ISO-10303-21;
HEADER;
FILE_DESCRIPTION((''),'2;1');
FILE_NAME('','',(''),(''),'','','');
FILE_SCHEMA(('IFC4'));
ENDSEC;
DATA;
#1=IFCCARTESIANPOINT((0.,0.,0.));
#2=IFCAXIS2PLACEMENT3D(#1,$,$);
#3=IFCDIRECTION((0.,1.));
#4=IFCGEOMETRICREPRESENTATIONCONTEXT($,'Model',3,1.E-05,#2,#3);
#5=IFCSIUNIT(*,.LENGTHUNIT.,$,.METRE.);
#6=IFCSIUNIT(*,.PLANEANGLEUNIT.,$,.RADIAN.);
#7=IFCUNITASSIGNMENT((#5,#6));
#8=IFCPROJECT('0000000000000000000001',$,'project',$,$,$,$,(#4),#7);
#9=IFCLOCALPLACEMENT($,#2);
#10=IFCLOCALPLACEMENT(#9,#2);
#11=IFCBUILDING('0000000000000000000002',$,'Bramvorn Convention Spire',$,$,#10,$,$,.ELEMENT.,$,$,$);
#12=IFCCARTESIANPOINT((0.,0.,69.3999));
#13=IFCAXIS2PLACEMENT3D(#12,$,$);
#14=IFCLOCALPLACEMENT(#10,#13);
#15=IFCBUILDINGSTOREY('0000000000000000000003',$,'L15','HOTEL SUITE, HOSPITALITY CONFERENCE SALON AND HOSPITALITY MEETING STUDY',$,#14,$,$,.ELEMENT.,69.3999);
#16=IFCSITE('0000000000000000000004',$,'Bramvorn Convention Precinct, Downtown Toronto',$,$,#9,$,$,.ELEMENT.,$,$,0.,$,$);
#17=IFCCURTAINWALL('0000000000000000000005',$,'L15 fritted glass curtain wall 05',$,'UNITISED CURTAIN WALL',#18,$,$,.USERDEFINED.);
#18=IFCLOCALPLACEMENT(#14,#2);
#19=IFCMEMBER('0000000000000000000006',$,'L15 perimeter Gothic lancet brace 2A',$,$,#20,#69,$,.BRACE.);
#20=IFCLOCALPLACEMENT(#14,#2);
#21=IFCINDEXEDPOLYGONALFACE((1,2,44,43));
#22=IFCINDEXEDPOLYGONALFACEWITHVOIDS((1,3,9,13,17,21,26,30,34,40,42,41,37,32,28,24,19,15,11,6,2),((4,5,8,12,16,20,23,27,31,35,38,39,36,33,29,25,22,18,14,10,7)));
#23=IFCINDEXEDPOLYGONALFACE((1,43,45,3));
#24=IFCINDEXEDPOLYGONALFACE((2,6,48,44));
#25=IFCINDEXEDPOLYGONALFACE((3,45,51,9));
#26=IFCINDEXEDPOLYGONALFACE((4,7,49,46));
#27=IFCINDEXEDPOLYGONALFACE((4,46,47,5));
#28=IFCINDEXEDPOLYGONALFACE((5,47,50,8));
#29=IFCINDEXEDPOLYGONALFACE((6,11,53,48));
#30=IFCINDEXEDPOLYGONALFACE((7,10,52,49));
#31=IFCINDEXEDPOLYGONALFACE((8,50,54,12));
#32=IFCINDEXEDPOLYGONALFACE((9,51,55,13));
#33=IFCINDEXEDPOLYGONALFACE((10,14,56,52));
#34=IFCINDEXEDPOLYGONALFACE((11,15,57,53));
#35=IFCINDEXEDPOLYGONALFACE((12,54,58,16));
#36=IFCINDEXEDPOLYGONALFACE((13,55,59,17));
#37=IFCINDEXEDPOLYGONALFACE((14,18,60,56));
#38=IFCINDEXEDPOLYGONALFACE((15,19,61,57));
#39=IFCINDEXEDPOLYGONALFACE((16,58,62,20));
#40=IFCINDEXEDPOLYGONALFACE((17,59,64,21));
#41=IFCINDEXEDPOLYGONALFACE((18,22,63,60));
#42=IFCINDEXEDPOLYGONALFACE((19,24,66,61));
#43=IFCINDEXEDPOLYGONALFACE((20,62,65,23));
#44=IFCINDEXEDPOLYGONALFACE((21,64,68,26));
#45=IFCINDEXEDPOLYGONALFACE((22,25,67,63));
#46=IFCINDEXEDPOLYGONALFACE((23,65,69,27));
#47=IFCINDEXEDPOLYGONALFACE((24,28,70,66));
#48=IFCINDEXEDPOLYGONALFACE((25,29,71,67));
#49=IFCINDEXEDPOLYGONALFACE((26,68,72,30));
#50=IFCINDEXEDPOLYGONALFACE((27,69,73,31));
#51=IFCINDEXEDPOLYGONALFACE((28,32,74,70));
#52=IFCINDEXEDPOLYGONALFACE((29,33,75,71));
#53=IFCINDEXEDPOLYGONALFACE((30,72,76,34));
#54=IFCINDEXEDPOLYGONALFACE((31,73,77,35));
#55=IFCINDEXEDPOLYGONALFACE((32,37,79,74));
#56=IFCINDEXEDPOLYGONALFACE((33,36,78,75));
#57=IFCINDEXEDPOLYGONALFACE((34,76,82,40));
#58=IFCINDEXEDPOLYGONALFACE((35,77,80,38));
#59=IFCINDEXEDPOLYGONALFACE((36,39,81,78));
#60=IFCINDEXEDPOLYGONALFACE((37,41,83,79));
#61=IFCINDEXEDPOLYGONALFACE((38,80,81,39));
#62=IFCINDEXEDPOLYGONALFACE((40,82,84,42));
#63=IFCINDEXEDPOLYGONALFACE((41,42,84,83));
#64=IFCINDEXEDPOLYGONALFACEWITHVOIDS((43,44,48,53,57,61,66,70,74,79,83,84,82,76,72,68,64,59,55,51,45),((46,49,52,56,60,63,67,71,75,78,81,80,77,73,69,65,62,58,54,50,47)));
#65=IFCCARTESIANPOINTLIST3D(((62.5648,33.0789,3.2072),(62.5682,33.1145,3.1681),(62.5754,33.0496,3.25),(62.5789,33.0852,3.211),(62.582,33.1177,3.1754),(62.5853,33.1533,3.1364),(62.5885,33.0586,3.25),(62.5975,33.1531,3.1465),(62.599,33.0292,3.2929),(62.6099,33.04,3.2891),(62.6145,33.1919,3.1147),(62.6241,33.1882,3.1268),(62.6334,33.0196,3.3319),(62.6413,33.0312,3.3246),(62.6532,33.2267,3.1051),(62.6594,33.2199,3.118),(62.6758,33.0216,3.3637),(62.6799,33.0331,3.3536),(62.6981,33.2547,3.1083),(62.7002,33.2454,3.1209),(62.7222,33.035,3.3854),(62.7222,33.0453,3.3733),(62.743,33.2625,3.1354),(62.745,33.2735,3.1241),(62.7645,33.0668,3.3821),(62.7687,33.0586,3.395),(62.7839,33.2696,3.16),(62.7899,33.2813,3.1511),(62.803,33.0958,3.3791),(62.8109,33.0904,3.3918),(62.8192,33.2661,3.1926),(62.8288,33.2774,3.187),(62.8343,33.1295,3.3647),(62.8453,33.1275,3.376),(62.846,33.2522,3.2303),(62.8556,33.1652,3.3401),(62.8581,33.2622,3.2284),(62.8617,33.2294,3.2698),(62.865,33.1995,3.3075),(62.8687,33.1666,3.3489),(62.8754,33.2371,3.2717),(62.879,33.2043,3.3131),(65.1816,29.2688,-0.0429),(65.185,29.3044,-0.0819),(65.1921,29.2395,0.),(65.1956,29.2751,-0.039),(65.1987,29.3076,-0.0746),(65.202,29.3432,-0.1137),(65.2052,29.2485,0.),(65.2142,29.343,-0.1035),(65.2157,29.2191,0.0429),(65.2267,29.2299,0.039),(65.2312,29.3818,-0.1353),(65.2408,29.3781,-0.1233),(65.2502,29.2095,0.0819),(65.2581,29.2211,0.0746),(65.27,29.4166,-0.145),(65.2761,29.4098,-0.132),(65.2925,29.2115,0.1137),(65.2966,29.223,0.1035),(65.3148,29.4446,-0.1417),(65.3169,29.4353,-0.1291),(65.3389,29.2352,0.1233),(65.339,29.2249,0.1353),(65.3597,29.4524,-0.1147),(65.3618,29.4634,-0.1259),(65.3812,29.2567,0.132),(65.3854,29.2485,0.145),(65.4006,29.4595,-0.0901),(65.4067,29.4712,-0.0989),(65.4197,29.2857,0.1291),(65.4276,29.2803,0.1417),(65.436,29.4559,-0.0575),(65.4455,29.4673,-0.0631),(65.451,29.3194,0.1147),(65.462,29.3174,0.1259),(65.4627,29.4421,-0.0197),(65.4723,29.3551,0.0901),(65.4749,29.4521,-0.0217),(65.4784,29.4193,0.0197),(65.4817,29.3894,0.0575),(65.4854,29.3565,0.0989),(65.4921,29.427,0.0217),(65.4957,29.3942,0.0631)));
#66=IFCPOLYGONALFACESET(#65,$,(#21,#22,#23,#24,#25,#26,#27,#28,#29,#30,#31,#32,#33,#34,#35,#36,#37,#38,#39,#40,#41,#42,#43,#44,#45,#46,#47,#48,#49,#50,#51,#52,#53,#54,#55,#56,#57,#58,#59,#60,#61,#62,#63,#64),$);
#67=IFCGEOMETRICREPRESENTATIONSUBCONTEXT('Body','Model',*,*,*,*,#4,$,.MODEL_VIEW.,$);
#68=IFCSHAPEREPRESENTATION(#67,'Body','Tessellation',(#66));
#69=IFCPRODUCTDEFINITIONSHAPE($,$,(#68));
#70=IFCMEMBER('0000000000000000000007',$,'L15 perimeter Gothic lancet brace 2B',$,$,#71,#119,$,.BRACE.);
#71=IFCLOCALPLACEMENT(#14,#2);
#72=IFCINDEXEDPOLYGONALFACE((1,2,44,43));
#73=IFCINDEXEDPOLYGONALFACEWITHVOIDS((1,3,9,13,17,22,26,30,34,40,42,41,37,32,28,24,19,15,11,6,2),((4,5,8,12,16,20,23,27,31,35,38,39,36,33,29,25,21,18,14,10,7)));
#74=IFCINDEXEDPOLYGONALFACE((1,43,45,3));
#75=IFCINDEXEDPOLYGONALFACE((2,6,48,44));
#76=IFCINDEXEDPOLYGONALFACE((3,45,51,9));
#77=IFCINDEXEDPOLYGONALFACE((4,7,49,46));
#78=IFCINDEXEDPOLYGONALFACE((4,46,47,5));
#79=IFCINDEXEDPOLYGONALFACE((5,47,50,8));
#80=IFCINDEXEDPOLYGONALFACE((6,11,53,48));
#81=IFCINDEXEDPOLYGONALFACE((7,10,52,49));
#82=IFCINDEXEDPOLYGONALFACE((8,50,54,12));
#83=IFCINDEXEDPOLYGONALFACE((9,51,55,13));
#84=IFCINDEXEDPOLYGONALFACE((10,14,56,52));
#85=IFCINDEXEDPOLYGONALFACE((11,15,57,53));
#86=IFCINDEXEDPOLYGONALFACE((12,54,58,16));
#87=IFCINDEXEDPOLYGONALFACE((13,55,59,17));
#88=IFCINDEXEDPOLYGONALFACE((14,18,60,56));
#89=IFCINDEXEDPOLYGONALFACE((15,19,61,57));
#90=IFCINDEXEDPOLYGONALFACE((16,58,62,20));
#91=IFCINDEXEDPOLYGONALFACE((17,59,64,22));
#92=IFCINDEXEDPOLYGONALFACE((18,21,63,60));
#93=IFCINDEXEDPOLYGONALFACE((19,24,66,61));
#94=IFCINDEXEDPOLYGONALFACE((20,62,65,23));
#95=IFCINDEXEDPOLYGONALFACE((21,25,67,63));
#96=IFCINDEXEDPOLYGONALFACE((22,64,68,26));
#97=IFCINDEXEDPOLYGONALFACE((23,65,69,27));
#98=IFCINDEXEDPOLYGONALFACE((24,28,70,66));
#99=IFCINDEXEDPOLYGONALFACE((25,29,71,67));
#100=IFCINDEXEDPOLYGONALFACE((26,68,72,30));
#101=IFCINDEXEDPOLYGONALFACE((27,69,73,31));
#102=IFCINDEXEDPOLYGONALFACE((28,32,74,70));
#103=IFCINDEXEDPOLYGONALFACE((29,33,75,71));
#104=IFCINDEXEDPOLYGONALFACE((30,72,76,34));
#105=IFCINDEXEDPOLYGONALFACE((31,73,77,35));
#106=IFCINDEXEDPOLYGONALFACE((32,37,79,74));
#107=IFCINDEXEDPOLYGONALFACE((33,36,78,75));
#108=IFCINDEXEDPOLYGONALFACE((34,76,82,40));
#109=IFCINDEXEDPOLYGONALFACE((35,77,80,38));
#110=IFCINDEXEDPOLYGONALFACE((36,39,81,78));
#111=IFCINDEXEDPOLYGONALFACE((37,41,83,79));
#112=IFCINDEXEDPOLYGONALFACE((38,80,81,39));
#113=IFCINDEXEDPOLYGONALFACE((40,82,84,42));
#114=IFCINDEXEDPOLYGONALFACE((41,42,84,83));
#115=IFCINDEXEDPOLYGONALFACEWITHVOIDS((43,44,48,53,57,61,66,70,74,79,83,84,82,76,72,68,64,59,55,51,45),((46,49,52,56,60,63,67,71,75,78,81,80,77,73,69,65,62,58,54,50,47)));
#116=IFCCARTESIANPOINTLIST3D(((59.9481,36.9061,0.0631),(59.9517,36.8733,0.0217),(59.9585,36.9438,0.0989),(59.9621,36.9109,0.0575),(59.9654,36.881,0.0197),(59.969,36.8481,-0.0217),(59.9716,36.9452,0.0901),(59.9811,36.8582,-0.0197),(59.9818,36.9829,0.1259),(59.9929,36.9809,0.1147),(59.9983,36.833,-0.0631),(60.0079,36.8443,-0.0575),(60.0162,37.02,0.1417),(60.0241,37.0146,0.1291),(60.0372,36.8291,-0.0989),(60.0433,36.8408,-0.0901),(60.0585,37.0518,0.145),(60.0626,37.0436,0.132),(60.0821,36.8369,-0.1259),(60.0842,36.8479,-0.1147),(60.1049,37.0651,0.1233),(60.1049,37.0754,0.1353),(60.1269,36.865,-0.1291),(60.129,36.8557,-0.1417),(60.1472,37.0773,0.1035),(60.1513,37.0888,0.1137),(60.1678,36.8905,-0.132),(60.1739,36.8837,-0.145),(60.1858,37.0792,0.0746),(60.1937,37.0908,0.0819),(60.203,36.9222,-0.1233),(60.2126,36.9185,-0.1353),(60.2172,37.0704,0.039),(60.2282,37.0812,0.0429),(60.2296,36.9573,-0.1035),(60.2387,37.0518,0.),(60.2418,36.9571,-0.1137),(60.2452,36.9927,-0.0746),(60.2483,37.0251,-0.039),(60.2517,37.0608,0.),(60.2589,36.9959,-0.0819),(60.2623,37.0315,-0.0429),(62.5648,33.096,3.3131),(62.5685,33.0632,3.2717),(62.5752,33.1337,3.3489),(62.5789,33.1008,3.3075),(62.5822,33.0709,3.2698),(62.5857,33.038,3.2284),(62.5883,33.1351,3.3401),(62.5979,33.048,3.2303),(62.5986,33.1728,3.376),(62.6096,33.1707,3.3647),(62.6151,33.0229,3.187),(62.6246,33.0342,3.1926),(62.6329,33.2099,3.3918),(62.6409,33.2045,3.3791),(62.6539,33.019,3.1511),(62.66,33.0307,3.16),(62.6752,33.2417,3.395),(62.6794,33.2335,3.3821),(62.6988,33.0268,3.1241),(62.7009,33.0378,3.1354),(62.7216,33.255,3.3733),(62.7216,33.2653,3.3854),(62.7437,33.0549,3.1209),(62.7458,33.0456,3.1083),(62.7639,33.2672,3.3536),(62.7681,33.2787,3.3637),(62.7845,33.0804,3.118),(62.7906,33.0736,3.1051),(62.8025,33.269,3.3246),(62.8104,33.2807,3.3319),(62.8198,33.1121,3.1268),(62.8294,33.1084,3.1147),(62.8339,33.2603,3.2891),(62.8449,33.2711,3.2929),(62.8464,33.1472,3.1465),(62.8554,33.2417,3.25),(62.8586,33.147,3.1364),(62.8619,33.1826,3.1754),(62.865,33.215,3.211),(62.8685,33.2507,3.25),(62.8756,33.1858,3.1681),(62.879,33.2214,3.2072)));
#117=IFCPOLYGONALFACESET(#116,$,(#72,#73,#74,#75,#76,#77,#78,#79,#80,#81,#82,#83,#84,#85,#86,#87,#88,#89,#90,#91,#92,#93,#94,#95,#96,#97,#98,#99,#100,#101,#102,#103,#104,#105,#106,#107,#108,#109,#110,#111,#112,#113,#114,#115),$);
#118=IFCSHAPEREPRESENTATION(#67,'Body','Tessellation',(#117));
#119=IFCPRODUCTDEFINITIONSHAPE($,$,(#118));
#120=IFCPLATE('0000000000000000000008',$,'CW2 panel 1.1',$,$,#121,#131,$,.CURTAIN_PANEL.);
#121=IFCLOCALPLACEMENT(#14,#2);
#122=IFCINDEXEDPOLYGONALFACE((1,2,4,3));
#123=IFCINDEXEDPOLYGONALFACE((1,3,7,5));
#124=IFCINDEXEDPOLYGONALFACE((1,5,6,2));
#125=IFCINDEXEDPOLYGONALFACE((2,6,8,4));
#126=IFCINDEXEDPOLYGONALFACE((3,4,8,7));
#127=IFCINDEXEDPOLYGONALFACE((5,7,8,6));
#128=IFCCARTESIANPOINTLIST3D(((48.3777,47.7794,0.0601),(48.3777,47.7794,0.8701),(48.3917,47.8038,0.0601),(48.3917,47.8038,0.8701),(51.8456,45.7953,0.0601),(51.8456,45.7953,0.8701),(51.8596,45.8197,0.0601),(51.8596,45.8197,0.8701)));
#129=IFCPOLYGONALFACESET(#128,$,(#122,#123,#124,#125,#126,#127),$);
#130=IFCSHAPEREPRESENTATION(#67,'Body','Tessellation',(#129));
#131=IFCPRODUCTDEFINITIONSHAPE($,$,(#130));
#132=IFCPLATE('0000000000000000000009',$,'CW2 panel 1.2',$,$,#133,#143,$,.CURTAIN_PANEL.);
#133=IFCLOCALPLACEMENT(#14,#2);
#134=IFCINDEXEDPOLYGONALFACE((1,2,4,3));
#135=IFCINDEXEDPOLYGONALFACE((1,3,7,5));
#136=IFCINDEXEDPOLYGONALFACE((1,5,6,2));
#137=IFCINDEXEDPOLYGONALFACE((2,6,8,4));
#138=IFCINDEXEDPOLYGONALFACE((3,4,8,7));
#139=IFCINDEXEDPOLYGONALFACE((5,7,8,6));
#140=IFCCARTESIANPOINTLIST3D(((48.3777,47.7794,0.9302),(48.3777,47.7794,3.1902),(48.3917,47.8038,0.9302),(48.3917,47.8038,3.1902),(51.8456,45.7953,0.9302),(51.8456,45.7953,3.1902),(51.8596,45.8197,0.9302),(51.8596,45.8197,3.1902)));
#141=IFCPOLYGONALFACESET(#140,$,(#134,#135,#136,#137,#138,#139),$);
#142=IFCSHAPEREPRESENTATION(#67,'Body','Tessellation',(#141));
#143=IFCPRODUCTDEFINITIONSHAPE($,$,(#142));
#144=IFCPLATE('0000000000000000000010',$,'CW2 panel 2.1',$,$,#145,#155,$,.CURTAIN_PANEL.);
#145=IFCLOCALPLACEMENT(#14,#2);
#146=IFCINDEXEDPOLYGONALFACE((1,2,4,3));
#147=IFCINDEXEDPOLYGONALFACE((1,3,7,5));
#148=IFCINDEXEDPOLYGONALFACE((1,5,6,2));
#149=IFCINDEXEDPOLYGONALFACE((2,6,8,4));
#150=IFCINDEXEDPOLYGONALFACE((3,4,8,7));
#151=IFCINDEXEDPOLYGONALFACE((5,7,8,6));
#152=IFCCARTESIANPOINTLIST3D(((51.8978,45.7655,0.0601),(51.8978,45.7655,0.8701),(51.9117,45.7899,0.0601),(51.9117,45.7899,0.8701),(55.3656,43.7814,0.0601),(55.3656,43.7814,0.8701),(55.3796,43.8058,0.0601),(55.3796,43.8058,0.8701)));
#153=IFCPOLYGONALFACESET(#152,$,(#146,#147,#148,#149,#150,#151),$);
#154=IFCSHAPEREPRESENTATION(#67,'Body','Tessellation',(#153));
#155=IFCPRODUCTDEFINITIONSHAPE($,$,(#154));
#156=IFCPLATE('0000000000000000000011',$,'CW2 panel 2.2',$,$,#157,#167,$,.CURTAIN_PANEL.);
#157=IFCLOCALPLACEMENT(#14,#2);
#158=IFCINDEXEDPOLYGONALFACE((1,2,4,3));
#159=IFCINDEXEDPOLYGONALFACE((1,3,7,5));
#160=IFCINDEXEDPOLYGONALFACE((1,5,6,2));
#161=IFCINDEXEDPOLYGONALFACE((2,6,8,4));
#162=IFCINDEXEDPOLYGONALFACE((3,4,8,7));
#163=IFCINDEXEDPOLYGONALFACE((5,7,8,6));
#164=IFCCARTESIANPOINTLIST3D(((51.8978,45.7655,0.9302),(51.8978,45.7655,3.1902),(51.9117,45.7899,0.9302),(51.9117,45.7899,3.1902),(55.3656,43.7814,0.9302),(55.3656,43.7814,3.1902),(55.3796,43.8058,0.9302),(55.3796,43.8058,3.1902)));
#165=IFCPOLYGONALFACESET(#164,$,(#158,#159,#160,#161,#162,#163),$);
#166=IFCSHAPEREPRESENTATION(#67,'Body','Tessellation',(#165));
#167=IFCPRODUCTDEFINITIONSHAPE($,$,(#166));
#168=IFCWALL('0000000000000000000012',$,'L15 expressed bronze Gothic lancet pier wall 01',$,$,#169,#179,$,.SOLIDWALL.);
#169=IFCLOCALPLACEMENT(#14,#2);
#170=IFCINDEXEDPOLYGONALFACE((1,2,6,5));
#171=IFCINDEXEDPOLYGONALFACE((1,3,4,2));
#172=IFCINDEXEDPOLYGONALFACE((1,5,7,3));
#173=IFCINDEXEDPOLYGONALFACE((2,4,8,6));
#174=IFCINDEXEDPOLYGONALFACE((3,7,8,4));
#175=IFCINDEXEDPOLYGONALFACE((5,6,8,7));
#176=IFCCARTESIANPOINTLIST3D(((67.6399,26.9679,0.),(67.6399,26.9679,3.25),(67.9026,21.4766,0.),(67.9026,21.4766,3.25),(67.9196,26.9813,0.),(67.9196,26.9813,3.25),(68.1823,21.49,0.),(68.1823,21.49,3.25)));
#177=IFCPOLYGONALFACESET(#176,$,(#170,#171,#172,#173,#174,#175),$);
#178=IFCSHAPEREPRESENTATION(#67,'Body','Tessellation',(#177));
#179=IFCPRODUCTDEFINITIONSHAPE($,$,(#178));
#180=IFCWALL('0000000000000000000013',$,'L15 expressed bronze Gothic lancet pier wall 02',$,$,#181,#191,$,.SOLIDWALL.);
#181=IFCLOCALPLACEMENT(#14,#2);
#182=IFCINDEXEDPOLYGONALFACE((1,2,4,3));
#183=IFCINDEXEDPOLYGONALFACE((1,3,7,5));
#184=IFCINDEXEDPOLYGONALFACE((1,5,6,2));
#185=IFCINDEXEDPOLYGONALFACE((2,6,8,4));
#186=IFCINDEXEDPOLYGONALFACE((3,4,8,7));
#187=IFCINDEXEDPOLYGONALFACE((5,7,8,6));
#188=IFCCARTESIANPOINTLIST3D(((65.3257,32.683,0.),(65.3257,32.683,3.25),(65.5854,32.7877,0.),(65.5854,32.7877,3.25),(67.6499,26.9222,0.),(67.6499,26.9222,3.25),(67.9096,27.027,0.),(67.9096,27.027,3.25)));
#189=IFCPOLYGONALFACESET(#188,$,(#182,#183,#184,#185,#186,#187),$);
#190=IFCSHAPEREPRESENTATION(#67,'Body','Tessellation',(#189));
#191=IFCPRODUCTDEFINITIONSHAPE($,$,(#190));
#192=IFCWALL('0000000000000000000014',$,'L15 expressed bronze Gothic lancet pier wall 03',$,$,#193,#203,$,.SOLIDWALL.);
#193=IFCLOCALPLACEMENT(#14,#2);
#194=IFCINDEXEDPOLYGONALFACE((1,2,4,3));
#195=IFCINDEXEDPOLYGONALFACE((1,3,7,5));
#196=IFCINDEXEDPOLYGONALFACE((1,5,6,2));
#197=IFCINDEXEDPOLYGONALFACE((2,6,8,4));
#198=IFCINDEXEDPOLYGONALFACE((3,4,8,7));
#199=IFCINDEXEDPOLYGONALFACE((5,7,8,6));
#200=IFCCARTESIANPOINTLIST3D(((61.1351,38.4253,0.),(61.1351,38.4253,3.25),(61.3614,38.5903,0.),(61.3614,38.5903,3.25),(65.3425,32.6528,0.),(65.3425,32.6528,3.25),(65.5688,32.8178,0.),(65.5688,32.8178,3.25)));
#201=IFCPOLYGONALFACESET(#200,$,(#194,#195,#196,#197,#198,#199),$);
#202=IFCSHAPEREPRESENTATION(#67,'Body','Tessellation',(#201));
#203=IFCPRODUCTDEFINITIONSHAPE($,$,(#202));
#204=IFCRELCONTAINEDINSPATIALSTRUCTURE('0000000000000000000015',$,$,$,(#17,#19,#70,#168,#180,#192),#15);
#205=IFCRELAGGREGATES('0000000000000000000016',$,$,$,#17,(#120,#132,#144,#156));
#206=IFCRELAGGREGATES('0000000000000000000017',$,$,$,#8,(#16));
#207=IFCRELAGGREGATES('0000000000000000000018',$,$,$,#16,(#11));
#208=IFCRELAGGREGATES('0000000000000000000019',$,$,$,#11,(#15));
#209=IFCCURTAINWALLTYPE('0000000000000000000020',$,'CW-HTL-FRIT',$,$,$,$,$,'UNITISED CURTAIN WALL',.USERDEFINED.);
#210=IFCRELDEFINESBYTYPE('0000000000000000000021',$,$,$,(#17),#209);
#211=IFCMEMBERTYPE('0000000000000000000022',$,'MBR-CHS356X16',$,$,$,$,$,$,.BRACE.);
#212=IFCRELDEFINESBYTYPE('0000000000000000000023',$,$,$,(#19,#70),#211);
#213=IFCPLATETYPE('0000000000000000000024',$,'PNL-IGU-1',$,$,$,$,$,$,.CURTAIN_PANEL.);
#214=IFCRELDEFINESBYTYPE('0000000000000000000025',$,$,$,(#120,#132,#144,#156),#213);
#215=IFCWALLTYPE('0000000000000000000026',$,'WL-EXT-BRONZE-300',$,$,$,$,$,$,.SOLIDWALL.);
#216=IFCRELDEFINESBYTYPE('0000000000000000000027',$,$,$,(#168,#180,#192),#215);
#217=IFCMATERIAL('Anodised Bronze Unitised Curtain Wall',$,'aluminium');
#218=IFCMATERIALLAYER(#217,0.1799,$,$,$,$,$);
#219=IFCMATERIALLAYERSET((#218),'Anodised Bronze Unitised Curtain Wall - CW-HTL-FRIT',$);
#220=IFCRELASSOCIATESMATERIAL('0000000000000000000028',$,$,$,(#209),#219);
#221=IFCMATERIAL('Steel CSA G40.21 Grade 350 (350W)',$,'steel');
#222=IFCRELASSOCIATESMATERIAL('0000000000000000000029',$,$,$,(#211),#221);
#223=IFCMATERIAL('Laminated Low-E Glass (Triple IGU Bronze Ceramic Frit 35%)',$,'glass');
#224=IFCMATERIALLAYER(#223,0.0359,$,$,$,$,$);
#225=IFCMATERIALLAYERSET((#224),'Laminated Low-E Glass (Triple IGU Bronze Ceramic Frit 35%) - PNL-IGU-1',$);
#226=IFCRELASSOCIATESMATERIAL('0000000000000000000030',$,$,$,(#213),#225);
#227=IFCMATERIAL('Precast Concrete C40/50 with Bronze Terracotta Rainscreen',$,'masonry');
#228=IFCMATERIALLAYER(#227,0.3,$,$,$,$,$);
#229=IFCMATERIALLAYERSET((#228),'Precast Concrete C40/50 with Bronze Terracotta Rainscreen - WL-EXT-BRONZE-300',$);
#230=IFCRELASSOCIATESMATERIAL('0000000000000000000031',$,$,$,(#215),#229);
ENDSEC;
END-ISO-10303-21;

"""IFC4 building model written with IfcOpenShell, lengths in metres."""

from ifc_helpers import new_model, si_unit, direction, frame, frame_2d, origin, origin_2d, place, context, subcontext, project, spatial, rectangle, hollow_circle, extrude, material, layer, layer_set, material_profile, profile_set, type_object, element, aggregate, save


model = new_model("IFC4")

# Units and contexts
model_context = context("Model", 3, precision=1e-05, world=origin(), true_north=direction((0.0, 1.0)))
body_context = subcontext(model_context, "Body", "Model", "MODEL_VIEW")
ifc_project = project(units=[si_unit("LENGTHUNIT", "METRE"), si_unit("PLANEANGLEUNIT", "RADIAN")], contexts=[model_context])

# Site, building, storey
site_placement = place(None, origin())
site = spatial("IfcSite", under=ifc_project, at=site_placement, Name="Bramvorn Convention Precinct, Downtown Toronto", CompositionType="ELEMENT", RefElevation=0.0)
building_placement = place(site_placement, origin())
building = spatial("IfcBuilding", under=site, at=building_placement, Name="Bramvorn Convention Spire", CompositionType="ELEMENT")
storey_placement = place(building_placement, frame((0.0, 0.0, 69.3999)))
storey = spatial("IfcBuildingStorey", under=building, at=storey_placement, Name="L15", Description="HOTEL SUITE, HOSPITALITY CONFERENCE SALON AND HOSPITALITY MEETING STUDY", CompositionType="ELEMENT", Elevation=69.3999)

# Shared definitions
ifc_material_1 = material(Name="Steel CSA G40.21 Grade 350 (350W)", Category="steel")

# Curtain wall
ifc_material_2 = material(Name="Anodised Bronze Unitised Curtain Wall", Category="aluminium")
ifc_layer_1 = layer(ifc_material_2, 0.1799)
ifc_layer_set_1 = layer_set([ifc_layer_1], Name="Anodised Bronze Unitised Curtain Wall - CW-HTL-FRIT")
curtain_wall_type = type_object("IfcCurtainWallType", Name="CW-HTL-FRIT", ElementType="UNITISED CURTAIN WALL", PredefinedType="USERDEFINED", material=ifc_layer_set_1)
curtain_wall_placement = place(storey_placement, origin())
curtain_wall = element("IfcCurtainWall", 1, at=curtain_wall_placement, inside=storey, type_object=curtain_wall_type, Name="L15 fritted glass curtain wall 05", ObjectType="UNITISED CURTAIN WALL", PredefinedType="USERDEFINED")

# Members
ifc_material_profile_1 = material_profile(ifc_material_1, hollow_circle(Radius=0.1777, WallThickness=0.0159, at=origin_2d()))
ifc_profile_set_1 = profile_set([ifc_material_profile_1], Name="Steel CSA G40.21 Grade 350 (350W) - CHS356X16")
member_type_1 = type_object("IfcMemberType", Name="MBR-CHS356X16", PredefinedType="BRACE", material=ifc_profile_set_1)
for number, where, z_axis, x_axis, name in (
    (2, (65.3386, 29.3401, 0.0), (-0.463106, 0.674308, 0.575188), (-0.824316, -0.56613, 0.0), "L15 perimeter Gothic lancet brace 2A"),
    (3, (60.1052, 36.9602, 0.0), (0.463106, -0.674308, 0.575188), (0.824316, 0.56613, 0.0), "L15 perimeter Gothic lancet brace 2B"),
):
    element("IfcMember", number, at=place(storey_placement, frame(where, z_axis=z_axis, x_axis=x_axis)), inside=storey, type_object=member_type_1, Name=name, PredefinedType="BRACE", context=body_context, shape_type="SweptSolid", body=[
        extrude(hollow_circle(Radius=0.1777, WallThickness=0.0159, at=origin_2d()), origin(), (0.0, 0.0, 1.0), 5.6504),
    ])

# Plates
ifc_material_3 = material(Name="Laminated Low-E Glass (Triple IGU Bronze Ceramic Frit 35%)", Category="glass")
ifc_layer_2 = layer(ifc_material_3, 0.0359)
ifc_layer_set_2 = layer_set([ifc_layer_2], Name="Laminated Low-E Glass (Triple IGU Bronze Ceramic Frit 35%) - PNL-IGU-1")
plate_type = type_object("IfcPlateType", Name="PNL-IGU-1", PredefinedType="CURTAIN_PANEL", material=ifc_layer_set_2)
plate_1_placement = place(storey_placement, frame((50.1187, 46.7996, 0.0601), z_axis=(0.0, 0.0, 1.0), x_axis=(0.867973, -0.496612, 0.0)))
plate_1 = element("IfcPlate", 4, at=plate_1_placement, type_object=plate_type, Name="CW2 panel 1.1", PredefinedType="CURTAIN_PANEL", context=body_context, shape_type="SweptSolid", body=[
    extrude(rectangle(XDim=3.9954, YDim=0.0281, at=origin_2d()), origin(), (0.0, 0.0, 1.0), 0.8101),
])
plate_2_placement = place(storey_placement, frame((50.1187, 46.7996, 0.9302), z_axis=(0.0, 0.0, 1.0), x_axis=(0.867973, -0.496612, 0.0)))
plate_2 = element("IfcPlate", 5, at=plate_2_placement, type_object=plate_type, Name="CW2 panel 1.2", PredefinedType="CURTAIN_PANEL", context=body_context, shape_type="SweptSolid", body=[
    extrude(rectangle(XDim=3.9954, YDim=0.0281, at=origin_2d()), origin(), (0.0, 0.0, 1.0), 2.26),
])
plate_3_placement = place(storey_placement, frame((53.6387, 44.7856, 0.0601), z_axis=(0.0, 0.0, 1.0), x_axis=(0.867973, -0.496612, 0.0)))
plate_3 = element("IfcPlate", 6, at=plate_3_placement, type_object=plate_type, Name="CW2 panel 2.1", PredefinedType="CURTAIN_PANEL", context=body_context, shape_type="SweptSolid", body=[
    extrude(rectangle(XDim=3.9954, YDim=0.0281, at=origin_2d()), origin(), (0.0, 0.0, 1.0), 0.8101),
])
plate_4_placement = place(storey_placement, frame((53.6387, 44.7856, 0.9302), z_axis=(0.0, 0.0, 1.0), x_axis=(0.867973, -0.496612, 0.0)))
plate_4 = element("IfcPlate", 7, at=plate_4_placement, type_object=plate_type, Name="CW2 panel 2.2", PredefinedType="CURTAIN_PANEL", context=body_context, shape_type="SweptSolid", body=[
    extrude(rectangle(XDim=3.9954, YDim=0.0281, at=origin_2d()), origin(), (0.0, 0.0, 1.0), 2.26),
])
aggregate(curtain_wall, [plate_1, plate_2, plate_3, plate_4])

# Walls
ifc_material_4 = material(Name="Precast Concrete C40/50 with Bronze Terracotta Rainscreen", Category="masonry")
ifc_layer_3 = layer(ifc_material_4, 0.3)
ifc_layer_set_3 = layer_set([ifc_layer_3], Name="Precast Concrete C40/50 with Bronze Terracotta Rainscreen - WL-EXT-BRONZE-300")
wall_type_1 = type_object("IfcWallType", Name="WL-EXT-BRONZE-300", PredefinedType="SOLIDWALL", material=ifc_layer_set_3)
wall_1_placement = place(storey_placement, frame((67.7798, 26.9746, 0.0), z_axis=(0.0, 0.0, 1.0), x_axis=(0.047785, -0.998858, 0.0)))
element("IfcWall", 8, at=wall_1_placement, inside=storey, type_object=wall_type_1, Name="L15 expressed bronze Gothic lancet pier wall 01", PredefinedType="SOLIDWALL", context=body_context, shape_type="SweptSolid", body=[
    extrude(rectangle(XDim=5.4976, YDim=0.28, at=frame_2d((2.7488, 0.0))), origin(), (0.0, 0.0, 1.0), 3.25),
])
wall_2_placement = place(storey_placement, frame((65.4556, 32.7354, 0.0), z_axis=(0.0, 0.0, 1.0), x_axis=(0.374154, -0.927367, 0.0)))
element("IfcWall", 9, at=wall_2_placement, inside=storey, type_object=wall_type_1, Name="L15 expressed bronze Gothic lancet pier wall 02", PredefinedType="SOLIDWALL", context=body_context, shape_type="SweptSolid", body=[
    extrude(rectangle(XDim=6.2119, YDim=0.28, at=frame_2d((3.106, 0.0))), origin(), (0.0, 0.0, 1.0), 3.25),
])
wall_3_placement = place(storey_placement, frame((61.2483, 38.5078, 0.0), z_axis=(0.0, 0.0, 1.0), x_axis=(0.589007, -0.808128, 0.0)))
element("IfcWall", 10, at=wall_3_placement, inside=storey, type_object=wall_type_1, Name="L15 expressed bronze Gothic lancet pier wall 03", PredefinedType="SOLIDWALL", context=body_context, shape_type="SweptSolid", body=[
    extrude(rectangle(XDim=7.1431, YDim=0.28, at=frame_2d((3.5715, 0.0))), origin(), (0.0, 0.0, 1.0), 3.25),
])

save(model, "model.ifc")
